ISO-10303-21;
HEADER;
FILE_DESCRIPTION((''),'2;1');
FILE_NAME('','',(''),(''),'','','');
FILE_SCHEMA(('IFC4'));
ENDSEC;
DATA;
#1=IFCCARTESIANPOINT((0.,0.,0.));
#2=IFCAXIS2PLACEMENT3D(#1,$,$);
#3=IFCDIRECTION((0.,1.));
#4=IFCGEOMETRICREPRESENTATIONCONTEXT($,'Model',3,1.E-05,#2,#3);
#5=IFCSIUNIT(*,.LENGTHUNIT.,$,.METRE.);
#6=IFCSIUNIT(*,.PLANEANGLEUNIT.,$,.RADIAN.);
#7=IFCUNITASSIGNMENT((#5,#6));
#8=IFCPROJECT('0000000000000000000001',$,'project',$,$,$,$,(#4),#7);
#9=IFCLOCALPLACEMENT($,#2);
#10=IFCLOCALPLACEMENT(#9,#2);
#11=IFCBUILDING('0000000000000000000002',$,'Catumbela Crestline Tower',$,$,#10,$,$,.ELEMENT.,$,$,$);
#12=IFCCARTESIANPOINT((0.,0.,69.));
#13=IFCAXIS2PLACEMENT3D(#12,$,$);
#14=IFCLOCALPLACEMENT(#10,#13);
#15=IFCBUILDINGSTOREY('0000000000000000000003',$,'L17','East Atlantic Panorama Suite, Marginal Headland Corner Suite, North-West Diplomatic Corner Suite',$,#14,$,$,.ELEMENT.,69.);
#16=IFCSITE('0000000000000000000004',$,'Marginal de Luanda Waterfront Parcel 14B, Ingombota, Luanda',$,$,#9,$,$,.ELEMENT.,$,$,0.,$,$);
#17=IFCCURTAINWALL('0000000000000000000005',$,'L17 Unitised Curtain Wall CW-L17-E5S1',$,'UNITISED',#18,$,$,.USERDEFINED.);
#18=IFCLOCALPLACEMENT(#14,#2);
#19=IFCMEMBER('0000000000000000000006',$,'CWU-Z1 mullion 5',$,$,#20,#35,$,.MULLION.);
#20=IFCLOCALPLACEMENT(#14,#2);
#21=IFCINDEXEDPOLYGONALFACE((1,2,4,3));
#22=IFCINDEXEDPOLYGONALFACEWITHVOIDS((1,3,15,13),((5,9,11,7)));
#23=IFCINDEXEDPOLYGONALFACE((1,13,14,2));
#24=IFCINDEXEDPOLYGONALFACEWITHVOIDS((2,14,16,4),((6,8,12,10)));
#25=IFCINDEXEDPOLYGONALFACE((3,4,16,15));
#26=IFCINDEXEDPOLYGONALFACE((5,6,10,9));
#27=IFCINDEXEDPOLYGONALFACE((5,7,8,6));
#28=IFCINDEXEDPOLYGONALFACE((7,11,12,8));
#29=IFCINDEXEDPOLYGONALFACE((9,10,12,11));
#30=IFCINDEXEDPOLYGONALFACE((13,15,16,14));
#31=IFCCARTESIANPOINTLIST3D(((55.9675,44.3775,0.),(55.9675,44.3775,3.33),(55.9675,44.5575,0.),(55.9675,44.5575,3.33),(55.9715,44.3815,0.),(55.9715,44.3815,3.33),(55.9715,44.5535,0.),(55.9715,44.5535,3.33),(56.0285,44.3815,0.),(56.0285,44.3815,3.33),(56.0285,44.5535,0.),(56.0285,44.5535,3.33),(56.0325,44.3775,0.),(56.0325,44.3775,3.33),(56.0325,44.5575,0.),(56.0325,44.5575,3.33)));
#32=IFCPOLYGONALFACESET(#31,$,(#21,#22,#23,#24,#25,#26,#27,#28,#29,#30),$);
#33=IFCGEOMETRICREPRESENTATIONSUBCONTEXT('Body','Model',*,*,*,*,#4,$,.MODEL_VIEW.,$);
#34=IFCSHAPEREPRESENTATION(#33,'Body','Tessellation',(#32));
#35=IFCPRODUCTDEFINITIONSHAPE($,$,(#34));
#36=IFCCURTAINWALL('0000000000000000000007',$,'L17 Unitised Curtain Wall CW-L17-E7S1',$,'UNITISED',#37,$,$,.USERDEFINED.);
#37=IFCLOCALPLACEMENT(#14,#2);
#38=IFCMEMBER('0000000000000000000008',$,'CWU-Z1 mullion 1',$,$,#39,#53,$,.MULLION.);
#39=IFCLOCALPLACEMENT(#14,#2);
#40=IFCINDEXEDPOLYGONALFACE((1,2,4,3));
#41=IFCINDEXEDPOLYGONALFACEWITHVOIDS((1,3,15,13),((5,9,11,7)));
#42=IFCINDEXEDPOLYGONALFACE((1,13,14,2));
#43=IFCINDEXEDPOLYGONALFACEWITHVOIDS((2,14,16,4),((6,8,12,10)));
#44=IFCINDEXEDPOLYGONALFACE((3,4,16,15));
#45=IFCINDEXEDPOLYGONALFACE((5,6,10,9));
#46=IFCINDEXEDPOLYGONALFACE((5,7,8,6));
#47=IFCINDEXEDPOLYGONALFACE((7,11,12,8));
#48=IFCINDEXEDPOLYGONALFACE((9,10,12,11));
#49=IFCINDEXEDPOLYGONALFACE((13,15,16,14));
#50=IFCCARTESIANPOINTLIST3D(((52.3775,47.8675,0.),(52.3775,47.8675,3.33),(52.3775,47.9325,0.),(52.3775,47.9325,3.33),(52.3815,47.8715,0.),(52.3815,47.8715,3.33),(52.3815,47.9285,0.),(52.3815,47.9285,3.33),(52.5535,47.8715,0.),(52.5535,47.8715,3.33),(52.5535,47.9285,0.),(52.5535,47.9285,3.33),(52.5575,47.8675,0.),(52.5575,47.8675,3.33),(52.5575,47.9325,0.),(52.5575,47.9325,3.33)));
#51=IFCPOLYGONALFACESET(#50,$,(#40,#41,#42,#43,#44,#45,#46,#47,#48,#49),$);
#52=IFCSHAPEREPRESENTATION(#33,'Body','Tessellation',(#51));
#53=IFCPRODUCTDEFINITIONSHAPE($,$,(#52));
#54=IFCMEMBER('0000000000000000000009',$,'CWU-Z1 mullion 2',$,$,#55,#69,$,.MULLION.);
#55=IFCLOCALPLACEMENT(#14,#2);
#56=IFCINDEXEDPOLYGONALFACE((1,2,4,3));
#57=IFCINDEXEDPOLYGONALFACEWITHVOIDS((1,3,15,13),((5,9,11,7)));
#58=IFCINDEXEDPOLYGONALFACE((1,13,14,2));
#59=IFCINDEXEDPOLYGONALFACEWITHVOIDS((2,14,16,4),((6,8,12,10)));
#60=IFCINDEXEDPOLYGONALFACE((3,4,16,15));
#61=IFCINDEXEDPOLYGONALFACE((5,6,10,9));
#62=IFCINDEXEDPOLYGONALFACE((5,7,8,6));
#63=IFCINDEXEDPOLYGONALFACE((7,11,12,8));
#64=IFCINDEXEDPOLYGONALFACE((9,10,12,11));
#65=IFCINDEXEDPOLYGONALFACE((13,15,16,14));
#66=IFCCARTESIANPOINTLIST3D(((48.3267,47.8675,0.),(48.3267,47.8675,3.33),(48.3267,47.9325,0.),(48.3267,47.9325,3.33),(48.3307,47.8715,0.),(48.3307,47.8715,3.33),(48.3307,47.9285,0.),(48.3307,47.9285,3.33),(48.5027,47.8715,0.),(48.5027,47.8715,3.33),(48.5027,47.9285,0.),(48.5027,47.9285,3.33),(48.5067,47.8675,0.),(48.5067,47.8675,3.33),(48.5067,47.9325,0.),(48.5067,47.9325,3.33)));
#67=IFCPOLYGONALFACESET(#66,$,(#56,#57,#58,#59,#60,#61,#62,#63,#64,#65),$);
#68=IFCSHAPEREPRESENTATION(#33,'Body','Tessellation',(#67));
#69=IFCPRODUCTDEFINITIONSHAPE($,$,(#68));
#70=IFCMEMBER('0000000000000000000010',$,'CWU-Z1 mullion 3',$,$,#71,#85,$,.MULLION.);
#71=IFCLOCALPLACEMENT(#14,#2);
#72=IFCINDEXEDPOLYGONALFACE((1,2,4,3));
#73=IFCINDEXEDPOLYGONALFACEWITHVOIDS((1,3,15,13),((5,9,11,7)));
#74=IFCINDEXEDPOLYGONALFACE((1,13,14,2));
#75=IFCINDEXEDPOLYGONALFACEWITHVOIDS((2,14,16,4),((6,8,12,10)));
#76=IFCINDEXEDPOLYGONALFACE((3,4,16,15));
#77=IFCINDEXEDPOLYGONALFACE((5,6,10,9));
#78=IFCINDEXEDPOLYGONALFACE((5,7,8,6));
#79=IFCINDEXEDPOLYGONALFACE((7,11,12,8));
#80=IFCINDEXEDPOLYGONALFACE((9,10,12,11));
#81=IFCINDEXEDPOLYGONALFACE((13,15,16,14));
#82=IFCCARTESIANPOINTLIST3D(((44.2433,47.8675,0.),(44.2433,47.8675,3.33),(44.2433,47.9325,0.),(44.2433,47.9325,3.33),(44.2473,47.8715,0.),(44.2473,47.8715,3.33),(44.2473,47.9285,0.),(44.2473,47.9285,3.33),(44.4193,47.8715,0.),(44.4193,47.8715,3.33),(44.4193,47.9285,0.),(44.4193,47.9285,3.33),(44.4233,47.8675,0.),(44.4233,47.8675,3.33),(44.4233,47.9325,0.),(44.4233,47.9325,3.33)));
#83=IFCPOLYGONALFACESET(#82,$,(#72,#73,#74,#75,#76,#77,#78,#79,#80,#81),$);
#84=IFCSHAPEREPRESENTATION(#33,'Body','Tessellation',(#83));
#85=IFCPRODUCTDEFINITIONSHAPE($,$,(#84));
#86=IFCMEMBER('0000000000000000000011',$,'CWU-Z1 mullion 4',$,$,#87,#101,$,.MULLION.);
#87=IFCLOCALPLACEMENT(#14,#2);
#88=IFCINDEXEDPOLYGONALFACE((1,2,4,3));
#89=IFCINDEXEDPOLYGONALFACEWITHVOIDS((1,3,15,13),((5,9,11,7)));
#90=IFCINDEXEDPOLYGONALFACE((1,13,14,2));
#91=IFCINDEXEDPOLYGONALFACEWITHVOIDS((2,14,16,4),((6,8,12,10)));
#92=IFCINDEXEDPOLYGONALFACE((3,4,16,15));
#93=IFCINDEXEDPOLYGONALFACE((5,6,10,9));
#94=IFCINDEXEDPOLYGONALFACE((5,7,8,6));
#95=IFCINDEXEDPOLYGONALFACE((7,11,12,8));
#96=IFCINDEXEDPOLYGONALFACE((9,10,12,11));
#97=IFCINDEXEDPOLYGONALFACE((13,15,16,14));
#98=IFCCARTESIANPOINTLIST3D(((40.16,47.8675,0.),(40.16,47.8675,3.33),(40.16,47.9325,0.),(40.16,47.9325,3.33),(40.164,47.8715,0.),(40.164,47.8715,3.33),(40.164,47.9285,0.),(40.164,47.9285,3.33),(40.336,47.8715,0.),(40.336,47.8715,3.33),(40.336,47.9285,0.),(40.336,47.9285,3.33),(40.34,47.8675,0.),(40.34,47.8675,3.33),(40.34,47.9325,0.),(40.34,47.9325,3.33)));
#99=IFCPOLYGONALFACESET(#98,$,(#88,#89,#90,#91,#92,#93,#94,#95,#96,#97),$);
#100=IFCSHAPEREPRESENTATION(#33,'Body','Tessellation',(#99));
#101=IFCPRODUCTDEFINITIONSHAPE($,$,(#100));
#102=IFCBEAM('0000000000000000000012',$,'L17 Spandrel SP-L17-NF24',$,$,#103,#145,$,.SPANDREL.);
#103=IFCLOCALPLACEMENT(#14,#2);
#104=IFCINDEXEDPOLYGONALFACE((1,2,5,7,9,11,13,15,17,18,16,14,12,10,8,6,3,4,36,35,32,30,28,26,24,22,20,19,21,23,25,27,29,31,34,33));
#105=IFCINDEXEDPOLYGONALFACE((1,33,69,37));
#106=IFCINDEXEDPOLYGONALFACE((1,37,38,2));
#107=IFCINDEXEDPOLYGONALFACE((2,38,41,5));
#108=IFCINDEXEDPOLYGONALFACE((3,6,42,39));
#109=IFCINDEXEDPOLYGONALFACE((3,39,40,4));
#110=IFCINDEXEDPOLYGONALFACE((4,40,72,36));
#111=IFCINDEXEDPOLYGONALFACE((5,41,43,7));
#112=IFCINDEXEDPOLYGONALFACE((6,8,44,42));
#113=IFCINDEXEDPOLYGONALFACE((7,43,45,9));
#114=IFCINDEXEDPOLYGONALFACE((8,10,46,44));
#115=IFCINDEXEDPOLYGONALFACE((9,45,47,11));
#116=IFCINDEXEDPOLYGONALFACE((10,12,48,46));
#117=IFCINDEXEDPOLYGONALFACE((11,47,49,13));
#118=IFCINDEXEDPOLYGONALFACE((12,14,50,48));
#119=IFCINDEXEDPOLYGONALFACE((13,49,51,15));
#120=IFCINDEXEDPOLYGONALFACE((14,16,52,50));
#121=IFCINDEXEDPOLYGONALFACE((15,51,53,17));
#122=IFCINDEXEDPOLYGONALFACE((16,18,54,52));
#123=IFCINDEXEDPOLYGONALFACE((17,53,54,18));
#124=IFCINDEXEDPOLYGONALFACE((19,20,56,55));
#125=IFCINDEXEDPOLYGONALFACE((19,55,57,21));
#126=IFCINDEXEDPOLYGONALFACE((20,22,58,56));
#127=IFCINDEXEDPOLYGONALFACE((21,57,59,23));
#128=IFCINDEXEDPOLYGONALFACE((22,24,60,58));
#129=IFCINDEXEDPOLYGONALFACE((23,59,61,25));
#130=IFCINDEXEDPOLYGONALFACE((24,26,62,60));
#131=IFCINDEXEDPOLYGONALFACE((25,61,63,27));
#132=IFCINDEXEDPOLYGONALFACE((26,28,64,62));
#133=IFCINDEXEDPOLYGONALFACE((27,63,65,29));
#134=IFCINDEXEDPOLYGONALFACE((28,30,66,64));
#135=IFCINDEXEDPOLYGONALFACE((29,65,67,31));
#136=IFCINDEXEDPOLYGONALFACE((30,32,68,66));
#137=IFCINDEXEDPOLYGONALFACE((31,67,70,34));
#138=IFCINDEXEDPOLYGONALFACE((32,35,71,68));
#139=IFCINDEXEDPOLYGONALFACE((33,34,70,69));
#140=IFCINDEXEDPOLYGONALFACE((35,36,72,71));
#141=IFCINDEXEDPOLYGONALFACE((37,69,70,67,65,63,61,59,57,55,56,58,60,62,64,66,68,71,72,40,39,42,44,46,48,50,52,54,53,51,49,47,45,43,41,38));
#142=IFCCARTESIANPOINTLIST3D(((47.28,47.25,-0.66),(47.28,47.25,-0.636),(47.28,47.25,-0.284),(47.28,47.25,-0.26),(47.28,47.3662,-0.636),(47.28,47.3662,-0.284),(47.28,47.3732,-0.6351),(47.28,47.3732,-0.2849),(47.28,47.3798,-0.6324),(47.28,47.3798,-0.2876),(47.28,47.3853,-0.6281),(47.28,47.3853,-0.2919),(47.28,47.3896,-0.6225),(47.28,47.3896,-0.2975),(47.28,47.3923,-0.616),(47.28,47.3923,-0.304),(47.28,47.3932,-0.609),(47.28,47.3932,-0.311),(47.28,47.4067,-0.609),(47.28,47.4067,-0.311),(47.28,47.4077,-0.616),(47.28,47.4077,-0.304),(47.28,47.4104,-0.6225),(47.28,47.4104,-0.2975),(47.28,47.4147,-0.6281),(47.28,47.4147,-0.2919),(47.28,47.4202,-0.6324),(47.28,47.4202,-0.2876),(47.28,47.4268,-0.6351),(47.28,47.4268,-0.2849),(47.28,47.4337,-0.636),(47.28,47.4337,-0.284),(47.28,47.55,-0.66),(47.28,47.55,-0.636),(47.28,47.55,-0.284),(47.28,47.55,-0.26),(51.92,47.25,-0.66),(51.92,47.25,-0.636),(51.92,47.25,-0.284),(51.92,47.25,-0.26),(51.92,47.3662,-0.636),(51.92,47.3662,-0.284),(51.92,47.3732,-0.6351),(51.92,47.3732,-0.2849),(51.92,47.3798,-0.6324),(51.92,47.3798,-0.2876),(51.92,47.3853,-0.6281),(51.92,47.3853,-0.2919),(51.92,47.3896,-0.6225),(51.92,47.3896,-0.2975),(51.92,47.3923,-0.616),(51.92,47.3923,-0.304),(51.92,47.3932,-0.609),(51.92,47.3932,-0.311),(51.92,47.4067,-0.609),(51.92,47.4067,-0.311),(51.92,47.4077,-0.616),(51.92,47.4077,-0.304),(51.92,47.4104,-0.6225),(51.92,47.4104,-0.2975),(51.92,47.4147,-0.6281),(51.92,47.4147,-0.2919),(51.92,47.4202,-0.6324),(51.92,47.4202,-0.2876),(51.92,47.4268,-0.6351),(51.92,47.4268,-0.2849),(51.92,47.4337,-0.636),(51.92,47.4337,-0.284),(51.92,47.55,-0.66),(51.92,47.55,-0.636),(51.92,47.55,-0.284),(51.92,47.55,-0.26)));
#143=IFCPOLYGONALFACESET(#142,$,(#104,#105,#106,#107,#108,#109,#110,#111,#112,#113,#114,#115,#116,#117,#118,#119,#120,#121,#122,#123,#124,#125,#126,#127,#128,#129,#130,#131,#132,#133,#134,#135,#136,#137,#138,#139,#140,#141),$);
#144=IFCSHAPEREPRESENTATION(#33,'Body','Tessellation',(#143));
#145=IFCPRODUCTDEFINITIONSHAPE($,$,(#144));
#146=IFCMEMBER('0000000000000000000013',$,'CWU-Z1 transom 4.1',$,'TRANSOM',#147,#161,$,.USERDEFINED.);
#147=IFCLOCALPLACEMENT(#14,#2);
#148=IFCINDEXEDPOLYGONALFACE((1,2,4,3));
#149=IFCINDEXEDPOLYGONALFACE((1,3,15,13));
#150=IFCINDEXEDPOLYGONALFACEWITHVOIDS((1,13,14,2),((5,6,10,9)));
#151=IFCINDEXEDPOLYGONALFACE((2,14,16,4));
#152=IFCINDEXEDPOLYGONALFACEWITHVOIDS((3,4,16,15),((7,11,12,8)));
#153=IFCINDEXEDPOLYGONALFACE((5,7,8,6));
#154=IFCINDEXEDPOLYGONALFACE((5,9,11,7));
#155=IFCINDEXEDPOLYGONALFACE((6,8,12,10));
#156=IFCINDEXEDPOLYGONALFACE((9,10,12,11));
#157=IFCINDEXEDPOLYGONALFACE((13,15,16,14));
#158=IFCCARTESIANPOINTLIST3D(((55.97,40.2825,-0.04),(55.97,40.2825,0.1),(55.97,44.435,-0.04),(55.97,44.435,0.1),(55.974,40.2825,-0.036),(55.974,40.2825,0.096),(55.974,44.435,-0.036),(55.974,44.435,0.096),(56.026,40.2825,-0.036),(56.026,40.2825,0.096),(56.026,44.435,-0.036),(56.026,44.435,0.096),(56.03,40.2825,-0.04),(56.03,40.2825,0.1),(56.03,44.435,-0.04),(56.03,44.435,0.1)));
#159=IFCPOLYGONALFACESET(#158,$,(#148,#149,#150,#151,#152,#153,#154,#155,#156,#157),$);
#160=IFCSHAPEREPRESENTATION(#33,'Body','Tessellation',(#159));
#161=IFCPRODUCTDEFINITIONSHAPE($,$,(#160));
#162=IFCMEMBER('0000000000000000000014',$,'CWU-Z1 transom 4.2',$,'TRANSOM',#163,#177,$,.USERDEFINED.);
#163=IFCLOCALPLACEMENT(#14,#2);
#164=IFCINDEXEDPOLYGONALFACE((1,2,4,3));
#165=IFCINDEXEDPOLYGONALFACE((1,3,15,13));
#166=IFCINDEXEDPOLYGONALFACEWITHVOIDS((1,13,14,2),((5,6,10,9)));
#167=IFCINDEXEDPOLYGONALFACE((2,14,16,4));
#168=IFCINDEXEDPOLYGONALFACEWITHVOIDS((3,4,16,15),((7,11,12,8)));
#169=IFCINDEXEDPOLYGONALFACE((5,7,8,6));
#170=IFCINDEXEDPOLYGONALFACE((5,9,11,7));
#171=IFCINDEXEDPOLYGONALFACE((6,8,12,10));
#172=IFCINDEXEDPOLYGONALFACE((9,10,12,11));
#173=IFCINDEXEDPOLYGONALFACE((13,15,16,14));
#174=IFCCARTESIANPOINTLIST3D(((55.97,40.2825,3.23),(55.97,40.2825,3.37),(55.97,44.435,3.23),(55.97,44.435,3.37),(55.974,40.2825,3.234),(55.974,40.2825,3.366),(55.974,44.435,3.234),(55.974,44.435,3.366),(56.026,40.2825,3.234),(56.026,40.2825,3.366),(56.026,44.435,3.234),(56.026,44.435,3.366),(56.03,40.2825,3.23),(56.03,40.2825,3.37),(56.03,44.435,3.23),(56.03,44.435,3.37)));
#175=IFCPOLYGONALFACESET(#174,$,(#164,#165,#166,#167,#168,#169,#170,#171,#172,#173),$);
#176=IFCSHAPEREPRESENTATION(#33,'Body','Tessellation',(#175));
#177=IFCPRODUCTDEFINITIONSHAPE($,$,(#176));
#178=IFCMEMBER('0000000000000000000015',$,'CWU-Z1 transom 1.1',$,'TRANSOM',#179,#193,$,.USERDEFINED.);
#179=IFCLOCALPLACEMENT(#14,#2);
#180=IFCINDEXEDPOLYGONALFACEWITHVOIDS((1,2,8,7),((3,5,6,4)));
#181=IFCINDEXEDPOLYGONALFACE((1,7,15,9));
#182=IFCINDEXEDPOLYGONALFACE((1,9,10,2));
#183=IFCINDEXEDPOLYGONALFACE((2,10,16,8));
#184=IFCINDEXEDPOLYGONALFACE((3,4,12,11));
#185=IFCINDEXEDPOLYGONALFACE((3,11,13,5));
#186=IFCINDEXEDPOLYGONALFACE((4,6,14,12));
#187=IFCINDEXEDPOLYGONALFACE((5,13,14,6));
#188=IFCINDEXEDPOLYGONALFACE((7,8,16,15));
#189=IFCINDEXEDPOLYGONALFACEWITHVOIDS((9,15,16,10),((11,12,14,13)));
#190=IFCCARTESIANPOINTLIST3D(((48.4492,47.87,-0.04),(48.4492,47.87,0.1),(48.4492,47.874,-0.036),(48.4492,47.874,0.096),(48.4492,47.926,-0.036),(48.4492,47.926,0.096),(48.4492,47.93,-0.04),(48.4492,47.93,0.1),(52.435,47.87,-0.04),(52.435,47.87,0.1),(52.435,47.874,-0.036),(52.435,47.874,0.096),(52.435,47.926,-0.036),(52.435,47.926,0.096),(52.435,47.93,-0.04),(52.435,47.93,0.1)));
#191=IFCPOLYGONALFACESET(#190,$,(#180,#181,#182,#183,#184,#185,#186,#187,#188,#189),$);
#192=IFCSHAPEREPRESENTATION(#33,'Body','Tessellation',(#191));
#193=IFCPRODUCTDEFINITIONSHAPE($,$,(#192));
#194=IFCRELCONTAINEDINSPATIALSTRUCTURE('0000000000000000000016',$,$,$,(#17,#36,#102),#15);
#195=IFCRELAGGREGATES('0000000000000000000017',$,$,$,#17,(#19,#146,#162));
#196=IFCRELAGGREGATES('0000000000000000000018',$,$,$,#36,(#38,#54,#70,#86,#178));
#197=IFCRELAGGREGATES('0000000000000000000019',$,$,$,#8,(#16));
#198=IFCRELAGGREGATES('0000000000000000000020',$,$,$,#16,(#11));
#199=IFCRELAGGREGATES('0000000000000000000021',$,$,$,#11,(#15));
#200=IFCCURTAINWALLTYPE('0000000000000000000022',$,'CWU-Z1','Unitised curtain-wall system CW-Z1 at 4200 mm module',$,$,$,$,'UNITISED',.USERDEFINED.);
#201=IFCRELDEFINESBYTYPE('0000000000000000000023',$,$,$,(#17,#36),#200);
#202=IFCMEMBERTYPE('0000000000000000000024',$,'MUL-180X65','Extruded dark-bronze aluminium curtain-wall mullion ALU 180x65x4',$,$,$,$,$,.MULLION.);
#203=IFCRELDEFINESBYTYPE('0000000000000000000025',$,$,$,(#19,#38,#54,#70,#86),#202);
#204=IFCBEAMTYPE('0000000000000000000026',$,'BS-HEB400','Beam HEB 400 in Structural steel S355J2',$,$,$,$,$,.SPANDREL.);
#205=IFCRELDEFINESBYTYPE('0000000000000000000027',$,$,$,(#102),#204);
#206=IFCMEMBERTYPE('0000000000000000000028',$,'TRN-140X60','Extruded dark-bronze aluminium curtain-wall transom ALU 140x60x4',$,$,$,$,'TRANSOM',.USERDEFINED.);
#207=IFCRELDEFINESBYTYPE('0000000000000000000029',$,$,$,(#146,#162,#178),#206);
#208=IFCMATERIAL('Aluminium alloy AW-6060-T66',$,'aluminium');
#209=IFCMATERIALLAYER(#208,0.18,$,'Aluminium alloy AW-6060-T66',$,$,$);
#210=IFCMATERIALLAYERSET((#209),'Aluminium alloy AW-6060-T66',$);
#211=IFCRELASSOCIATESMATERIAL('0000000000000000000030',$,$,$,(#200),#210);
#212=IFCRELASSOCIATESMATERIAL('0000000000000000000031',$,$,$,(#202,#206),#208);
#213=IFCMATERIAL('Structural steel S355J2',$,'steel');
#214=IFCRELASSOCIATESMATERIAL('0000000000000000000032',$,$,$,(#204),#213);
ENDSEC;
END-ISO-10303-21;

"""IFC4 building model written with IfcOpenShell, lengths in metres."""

from ifc_helpers import new_model, si_unit, direction, frame, origin, origin_2d, place, context, subcontext, project, spatial, hollow_rectangle, i_section, extrude, material, layer, layer_set, material_profile, profile_set, type_object, element, aggregate, save


model = new_model("IFC4")

# Units and contexts
model_context = context("Model", 3, precision=1e-05, world=origin(), true_north=direction((0.0, 1.0)))
body_context = subcontext(model_context, "Body", "Model", "MODEL_VIEW")
ifc_project = project(units=[si_unit("LENGTHUNIT", "METRE"), si_unit("PLANEANGLEUNIT", "RADIAN")], contexts=[model_context])

# Site, building, storey
site_placement = place(None, origin())
site = spatial("IfcSite", under=ifc_project, at=site_placement, Name="Marginal de Luanda Waterfront Parcel 14B, Ingombota, Luanda", CompositionType="ELEMENT", RefElevation=0.0)
building_placement = place(site_placement, origin())
building = spatial("IfcBuilding", under=site, at=building_placement, Name="Catumbela Crestline Tower", CompositionType="ELEMENT")
storey_placement = place(building_placement, frame((0.0, 0.0, 69.0)))
storey = spatial("IfcBuildingStorey", under=building, at=storey_placement, Name="L17", Description="East Atlantic Panorama Suite, Marginal Headland Corner Suite, North-West Diplomatic Corner Suite", CompositionType="ELEMENT", Elevation=69.0)

# Curtain wall, member
ifc_material_1 = material(Name="Aluminium alloy AW-6060-T66", Category="aluminium")
ifc_layer_1 = layer(ifc_material_1, 0.18, Name="Aluminium alloy AW-6060-T66")
ifc_layer_set_1 = layer_set([ifc_layer_1], Name="Aluminium alloy AW-6060-T66")
curtain_wall_type = type_object("IfcCurtainWallType", Name="CWU-Z1", Description="Unitised curtain-wall system CW-Z1 at 4200 mm module", ElementType="UNITISED", PredefinedType="USERDEFINED", material=ifc_layer_set_1)
curtain_wall_1_placement = place(storey_placement, origin())
curtain_wall_1 = element("IfcCurtainWall", 1, at=curtain_wall_1_placement, inside=storey, type_object=curtain_wall_type, Name="L17 Unitised Curtain Wall CW-L17-E5S1", ObjectType="UNITISED", PredefinedType="USERDEFINED")
ifc_material_profile_1 = material_profile(ifc_material_1, hollow_rectangle(XDim=0.065, YDim=0.18, WallThickness=0.004, at=origin_2d()), Name="ALU 180x65x4")
ifc_profile_set_1 = profile_set([ifc_material_profile_1], Name="Aluminium alloy AW-6060-T66")
member_type_1 = type_object("IfcMemberType", Name="MUL-180X65", Description="Extruded dark-bronze aluminium curtain-wall mullion ALU 180x65x4", PredefinedType="MULLION", material=ifc_profile_set_1)
member_1_placement = place(storey_placement, frame((56.0, 44.4675, 0.0), z_axis=(0.0, 0.0, 1.0), x_axis=(-1.0, 0.0, 0.0)))
member_1 = element("IfcMember", 2, at=member_1_placement, type_object=member_type_1, Name="CWU-Z1 mullion 5", PredefinedType="MULLION", context=body_context, shape_type="SweptSolid", body=[
    extrude(hollow_rectangle(XDim=0.065, YDim=0.18, WallThickness=0.004, at=origin_2d()), origin(), (0.0, 0.0, 1.0), 3.33),
])

# Curtain wall, members
curtain_wall_2_placement = place(storey_placement, origin())
curtain_wall_2 = element("IfcCurtainWall", 3, at=curtain_wall_2_placement, inside=storey, type_object=curtain_wall_type, Name="L17 Unitised Curtain Wall CW-L17-E7S1", ObjectType="UNITISED", PredefinedType="USERDEFINED")
member_2_placement = place(storey_placement, frame((52.4675, 47.9, 0.0), z_axis=(0.0, 0.0, 1.0), x_axis=(0.0, -1.0, 0.0)))
member_2 = element("IfcMember", 4, at=member_2_placement, type_object=member_type_1, Name="CWU-Z1 mullion 1", PredefinedType="MULLION", context=body_context, shape_type="SweptSolid", body=[
    extrude(hollow_rectangle(XDim=0.065, YDim=0.18, WallThickness=0.004, at=origin_2d()), origin(), (0.0, 0.0, 1.0), 3.33),
])
member_3_placement = place(storey_placement, frame((48.4167, 47.9, 0.0), z_axis=(0.0, 0.0, 1.0), x_axis=(0.0, -1.0, 0.0)))
member_3 = element("IfcMember", 5, at=member_3_placement, type_object=member_type_1, Name="CWU-Z1 mullion 2", PredefinedType="MULLION", context=body_context, shape_type="SweptSolid", body=[
    extrude(hollow_rectangle(XDim=0.065, YDim=0.18, WallThickness=0.004, at=origin_2d()), origin(), (0.0, 0.0, 1.0), 3.33),
])
member_4_placement = place(storey_placement, frame((44.3333, 47.9, 0.0), z_axis=(0.0, 0.0, 1.0), x_axis=(0.0, -1.0, 0.0)))
member_4 = element("IfcMember", 6, at=member_4_placement, type_object=member_type_1, Name="CWU-Z1 mullion 3", PredefinedType="MULLION", context=body_context, shape_type="SweptSolid", body=[
    extrude(hollow_rectangle(XDim=0.065, YDim=0.18, WallThickness=0.004, at=origin_2d()), origin(), (0.0, 0.0, 1.0), 3.33),
])
member_5_placement = place(storey_placement, frame((40.25, 47.9, 0.0), z_axis=(0.0, 0.0, 1.0), x_axis=(0.0, -1.0, 0.0)))
member_5 = element("IfcMember", 7, at=member_5_placement, type_object=member_type_1, Name="CWU-Z1 mullion 4", PredefinedType="MULLION", context=body_context, shape_type="SweptSolid", body=[
    extrude(hollow_rectangle(XDim=0.065, YDim=0.18, WallThickness=0.004, at=origin_2d()), origin(), (0.0, 0.0, 1.0), 3.33),
])

# Beam
ifc_material_2 = material(Name="Structural steel S355J2", Category="steel")
ifc_material_profile_2 = material_profile(ifc_material_2, i_section(OverallWidth=0.3, OverallDepth=0.4, WebThickness=0.0135, FlangeThickness=0.024, FilletRadius=0.027, at=origin_2d()), Name="HEB 400")
ifc_profile_set_2 = profile_set([ifc_material_profile_2], Name="Structural steel S355J2")
beam_type = type_object("IfcBeamType", Name="BS-HEB400", Description="Beam HEB 400 in Structural steel S355J2", PredefinedType="SPANDREL", material=ifc_profile_set_2)
beam_placement = place(storey_placement, frame((47.28, 47.4, -0.46), z_axis=(1.0, 0.0, 0.0), x_axis=(0.0, 1.0, 0.0)))
element("IfcBeam", 8, at=beam_placement, inside=storey, type_object=beam_type, Name="L17 Spandrel SP-L17-NF24", PredefinedType="SPANDREL", context=body_context, shape_type="SweptSolid", body=[
    extrude(i_section(OverallWidth=0.3, OverallDepth=0.4, WebThickness=0.0135, FlangeThickness=0.024, FilletRadius=0.027, at=origin_2d()), origin(), (0.0, 0.0, 1.0), 4.64),
])

# Members
ifc_material_profile_3 = material_profile(ifc_material_1, hollow_rectangle(XDim=0.06, YDim=0.14, WallThickness=0.004, at=origin_2d()), Name="ALU 140x60x4")
ifc_profile_set_3 = profile_set([ifc_material_profile_3], Name="Aluminium alloy AW-6060-T66")
member_type_2 = type_object("IfcMemberType", Name="TRN-140X60", Description="Extruded dark-bronze aluminium curtain-wall transom ALU 140x60x4", ElementType="TRANSOM", PredefinedType="USERDEFINED", material=ifc_profile_set_3)
member_6_placement = place(storey_placement, frame((56.0, 40.2825, 0.03), z_axis=(0.0, 1.0, 0.0), x_axis=(-1.0, 0.0, 0.0)))
member_6 = element("IfcMember", 9, at=member_6_placement, type_object=member_type_2, Name="CWU-Z1 transom 4.1", ObjectType="TRANSOM", PredefinedType="USERDEFINED", context=body_context, shape_type="SweptSolid", body=[
    extrude(hollow_rectangle(XDim=0.06, YDim=0.14, WallThickness=0.004, at=origin_2d()), origin(), (0.0, 0.0, 1.0), 4.1525),
])
member_7_placement = place(storey_placement, frame((56.0, 40.2825, 3.3), z_axis=(0.0, 1.0, 0.0), x_axis=(-1.0, 0.0, 0.0)))
member_7 = element("IfcMember", 10, at=member_7_placement, type_object=member_type_2, Name="CWU-Z1 transom 4.2", ObjectType="TRANSOM", PredefinedType="USERDEFINED", context=body_context, shape_type="SweptSolid", body=[
    extrude(hollow_rectangle(XDim=0.06, YDim=0.14, WallThickness=0.004, at=origin_2d()), origin(), (0.0, 0.0, 1.0), 4.1525),
])
member_8_placement = place(storey_placement, frame((52.435, 47.9, 0.03), z_axis=(-1.0, 0.0, 0.0), x_axis=(0.0, -1.0, 0.0)))
member_8 = element("IfcMember", 11, at=member_8_placement, type_object=member_type_2, Name="CWU-Z1 transom 1.1", ObjectType="TRANSOM", PredefinedType="USERDEFINED", context=body_context, shape_type="SweptSolid", body=[
    extrude(hollow_rectangle(XDim=0.06, YDim=0.14, WallThickness=0.004, at=origin_2d()), origin(), (0.0, 0.0, 1.0), 3.9858),
])

aggregate(curtain_wall_1, [member_1, member_6, member_7])
aggregate(curtain_wall_2, [member_2, member_3, member_4, member_5, member_8])

save(model, "model.ifc")
